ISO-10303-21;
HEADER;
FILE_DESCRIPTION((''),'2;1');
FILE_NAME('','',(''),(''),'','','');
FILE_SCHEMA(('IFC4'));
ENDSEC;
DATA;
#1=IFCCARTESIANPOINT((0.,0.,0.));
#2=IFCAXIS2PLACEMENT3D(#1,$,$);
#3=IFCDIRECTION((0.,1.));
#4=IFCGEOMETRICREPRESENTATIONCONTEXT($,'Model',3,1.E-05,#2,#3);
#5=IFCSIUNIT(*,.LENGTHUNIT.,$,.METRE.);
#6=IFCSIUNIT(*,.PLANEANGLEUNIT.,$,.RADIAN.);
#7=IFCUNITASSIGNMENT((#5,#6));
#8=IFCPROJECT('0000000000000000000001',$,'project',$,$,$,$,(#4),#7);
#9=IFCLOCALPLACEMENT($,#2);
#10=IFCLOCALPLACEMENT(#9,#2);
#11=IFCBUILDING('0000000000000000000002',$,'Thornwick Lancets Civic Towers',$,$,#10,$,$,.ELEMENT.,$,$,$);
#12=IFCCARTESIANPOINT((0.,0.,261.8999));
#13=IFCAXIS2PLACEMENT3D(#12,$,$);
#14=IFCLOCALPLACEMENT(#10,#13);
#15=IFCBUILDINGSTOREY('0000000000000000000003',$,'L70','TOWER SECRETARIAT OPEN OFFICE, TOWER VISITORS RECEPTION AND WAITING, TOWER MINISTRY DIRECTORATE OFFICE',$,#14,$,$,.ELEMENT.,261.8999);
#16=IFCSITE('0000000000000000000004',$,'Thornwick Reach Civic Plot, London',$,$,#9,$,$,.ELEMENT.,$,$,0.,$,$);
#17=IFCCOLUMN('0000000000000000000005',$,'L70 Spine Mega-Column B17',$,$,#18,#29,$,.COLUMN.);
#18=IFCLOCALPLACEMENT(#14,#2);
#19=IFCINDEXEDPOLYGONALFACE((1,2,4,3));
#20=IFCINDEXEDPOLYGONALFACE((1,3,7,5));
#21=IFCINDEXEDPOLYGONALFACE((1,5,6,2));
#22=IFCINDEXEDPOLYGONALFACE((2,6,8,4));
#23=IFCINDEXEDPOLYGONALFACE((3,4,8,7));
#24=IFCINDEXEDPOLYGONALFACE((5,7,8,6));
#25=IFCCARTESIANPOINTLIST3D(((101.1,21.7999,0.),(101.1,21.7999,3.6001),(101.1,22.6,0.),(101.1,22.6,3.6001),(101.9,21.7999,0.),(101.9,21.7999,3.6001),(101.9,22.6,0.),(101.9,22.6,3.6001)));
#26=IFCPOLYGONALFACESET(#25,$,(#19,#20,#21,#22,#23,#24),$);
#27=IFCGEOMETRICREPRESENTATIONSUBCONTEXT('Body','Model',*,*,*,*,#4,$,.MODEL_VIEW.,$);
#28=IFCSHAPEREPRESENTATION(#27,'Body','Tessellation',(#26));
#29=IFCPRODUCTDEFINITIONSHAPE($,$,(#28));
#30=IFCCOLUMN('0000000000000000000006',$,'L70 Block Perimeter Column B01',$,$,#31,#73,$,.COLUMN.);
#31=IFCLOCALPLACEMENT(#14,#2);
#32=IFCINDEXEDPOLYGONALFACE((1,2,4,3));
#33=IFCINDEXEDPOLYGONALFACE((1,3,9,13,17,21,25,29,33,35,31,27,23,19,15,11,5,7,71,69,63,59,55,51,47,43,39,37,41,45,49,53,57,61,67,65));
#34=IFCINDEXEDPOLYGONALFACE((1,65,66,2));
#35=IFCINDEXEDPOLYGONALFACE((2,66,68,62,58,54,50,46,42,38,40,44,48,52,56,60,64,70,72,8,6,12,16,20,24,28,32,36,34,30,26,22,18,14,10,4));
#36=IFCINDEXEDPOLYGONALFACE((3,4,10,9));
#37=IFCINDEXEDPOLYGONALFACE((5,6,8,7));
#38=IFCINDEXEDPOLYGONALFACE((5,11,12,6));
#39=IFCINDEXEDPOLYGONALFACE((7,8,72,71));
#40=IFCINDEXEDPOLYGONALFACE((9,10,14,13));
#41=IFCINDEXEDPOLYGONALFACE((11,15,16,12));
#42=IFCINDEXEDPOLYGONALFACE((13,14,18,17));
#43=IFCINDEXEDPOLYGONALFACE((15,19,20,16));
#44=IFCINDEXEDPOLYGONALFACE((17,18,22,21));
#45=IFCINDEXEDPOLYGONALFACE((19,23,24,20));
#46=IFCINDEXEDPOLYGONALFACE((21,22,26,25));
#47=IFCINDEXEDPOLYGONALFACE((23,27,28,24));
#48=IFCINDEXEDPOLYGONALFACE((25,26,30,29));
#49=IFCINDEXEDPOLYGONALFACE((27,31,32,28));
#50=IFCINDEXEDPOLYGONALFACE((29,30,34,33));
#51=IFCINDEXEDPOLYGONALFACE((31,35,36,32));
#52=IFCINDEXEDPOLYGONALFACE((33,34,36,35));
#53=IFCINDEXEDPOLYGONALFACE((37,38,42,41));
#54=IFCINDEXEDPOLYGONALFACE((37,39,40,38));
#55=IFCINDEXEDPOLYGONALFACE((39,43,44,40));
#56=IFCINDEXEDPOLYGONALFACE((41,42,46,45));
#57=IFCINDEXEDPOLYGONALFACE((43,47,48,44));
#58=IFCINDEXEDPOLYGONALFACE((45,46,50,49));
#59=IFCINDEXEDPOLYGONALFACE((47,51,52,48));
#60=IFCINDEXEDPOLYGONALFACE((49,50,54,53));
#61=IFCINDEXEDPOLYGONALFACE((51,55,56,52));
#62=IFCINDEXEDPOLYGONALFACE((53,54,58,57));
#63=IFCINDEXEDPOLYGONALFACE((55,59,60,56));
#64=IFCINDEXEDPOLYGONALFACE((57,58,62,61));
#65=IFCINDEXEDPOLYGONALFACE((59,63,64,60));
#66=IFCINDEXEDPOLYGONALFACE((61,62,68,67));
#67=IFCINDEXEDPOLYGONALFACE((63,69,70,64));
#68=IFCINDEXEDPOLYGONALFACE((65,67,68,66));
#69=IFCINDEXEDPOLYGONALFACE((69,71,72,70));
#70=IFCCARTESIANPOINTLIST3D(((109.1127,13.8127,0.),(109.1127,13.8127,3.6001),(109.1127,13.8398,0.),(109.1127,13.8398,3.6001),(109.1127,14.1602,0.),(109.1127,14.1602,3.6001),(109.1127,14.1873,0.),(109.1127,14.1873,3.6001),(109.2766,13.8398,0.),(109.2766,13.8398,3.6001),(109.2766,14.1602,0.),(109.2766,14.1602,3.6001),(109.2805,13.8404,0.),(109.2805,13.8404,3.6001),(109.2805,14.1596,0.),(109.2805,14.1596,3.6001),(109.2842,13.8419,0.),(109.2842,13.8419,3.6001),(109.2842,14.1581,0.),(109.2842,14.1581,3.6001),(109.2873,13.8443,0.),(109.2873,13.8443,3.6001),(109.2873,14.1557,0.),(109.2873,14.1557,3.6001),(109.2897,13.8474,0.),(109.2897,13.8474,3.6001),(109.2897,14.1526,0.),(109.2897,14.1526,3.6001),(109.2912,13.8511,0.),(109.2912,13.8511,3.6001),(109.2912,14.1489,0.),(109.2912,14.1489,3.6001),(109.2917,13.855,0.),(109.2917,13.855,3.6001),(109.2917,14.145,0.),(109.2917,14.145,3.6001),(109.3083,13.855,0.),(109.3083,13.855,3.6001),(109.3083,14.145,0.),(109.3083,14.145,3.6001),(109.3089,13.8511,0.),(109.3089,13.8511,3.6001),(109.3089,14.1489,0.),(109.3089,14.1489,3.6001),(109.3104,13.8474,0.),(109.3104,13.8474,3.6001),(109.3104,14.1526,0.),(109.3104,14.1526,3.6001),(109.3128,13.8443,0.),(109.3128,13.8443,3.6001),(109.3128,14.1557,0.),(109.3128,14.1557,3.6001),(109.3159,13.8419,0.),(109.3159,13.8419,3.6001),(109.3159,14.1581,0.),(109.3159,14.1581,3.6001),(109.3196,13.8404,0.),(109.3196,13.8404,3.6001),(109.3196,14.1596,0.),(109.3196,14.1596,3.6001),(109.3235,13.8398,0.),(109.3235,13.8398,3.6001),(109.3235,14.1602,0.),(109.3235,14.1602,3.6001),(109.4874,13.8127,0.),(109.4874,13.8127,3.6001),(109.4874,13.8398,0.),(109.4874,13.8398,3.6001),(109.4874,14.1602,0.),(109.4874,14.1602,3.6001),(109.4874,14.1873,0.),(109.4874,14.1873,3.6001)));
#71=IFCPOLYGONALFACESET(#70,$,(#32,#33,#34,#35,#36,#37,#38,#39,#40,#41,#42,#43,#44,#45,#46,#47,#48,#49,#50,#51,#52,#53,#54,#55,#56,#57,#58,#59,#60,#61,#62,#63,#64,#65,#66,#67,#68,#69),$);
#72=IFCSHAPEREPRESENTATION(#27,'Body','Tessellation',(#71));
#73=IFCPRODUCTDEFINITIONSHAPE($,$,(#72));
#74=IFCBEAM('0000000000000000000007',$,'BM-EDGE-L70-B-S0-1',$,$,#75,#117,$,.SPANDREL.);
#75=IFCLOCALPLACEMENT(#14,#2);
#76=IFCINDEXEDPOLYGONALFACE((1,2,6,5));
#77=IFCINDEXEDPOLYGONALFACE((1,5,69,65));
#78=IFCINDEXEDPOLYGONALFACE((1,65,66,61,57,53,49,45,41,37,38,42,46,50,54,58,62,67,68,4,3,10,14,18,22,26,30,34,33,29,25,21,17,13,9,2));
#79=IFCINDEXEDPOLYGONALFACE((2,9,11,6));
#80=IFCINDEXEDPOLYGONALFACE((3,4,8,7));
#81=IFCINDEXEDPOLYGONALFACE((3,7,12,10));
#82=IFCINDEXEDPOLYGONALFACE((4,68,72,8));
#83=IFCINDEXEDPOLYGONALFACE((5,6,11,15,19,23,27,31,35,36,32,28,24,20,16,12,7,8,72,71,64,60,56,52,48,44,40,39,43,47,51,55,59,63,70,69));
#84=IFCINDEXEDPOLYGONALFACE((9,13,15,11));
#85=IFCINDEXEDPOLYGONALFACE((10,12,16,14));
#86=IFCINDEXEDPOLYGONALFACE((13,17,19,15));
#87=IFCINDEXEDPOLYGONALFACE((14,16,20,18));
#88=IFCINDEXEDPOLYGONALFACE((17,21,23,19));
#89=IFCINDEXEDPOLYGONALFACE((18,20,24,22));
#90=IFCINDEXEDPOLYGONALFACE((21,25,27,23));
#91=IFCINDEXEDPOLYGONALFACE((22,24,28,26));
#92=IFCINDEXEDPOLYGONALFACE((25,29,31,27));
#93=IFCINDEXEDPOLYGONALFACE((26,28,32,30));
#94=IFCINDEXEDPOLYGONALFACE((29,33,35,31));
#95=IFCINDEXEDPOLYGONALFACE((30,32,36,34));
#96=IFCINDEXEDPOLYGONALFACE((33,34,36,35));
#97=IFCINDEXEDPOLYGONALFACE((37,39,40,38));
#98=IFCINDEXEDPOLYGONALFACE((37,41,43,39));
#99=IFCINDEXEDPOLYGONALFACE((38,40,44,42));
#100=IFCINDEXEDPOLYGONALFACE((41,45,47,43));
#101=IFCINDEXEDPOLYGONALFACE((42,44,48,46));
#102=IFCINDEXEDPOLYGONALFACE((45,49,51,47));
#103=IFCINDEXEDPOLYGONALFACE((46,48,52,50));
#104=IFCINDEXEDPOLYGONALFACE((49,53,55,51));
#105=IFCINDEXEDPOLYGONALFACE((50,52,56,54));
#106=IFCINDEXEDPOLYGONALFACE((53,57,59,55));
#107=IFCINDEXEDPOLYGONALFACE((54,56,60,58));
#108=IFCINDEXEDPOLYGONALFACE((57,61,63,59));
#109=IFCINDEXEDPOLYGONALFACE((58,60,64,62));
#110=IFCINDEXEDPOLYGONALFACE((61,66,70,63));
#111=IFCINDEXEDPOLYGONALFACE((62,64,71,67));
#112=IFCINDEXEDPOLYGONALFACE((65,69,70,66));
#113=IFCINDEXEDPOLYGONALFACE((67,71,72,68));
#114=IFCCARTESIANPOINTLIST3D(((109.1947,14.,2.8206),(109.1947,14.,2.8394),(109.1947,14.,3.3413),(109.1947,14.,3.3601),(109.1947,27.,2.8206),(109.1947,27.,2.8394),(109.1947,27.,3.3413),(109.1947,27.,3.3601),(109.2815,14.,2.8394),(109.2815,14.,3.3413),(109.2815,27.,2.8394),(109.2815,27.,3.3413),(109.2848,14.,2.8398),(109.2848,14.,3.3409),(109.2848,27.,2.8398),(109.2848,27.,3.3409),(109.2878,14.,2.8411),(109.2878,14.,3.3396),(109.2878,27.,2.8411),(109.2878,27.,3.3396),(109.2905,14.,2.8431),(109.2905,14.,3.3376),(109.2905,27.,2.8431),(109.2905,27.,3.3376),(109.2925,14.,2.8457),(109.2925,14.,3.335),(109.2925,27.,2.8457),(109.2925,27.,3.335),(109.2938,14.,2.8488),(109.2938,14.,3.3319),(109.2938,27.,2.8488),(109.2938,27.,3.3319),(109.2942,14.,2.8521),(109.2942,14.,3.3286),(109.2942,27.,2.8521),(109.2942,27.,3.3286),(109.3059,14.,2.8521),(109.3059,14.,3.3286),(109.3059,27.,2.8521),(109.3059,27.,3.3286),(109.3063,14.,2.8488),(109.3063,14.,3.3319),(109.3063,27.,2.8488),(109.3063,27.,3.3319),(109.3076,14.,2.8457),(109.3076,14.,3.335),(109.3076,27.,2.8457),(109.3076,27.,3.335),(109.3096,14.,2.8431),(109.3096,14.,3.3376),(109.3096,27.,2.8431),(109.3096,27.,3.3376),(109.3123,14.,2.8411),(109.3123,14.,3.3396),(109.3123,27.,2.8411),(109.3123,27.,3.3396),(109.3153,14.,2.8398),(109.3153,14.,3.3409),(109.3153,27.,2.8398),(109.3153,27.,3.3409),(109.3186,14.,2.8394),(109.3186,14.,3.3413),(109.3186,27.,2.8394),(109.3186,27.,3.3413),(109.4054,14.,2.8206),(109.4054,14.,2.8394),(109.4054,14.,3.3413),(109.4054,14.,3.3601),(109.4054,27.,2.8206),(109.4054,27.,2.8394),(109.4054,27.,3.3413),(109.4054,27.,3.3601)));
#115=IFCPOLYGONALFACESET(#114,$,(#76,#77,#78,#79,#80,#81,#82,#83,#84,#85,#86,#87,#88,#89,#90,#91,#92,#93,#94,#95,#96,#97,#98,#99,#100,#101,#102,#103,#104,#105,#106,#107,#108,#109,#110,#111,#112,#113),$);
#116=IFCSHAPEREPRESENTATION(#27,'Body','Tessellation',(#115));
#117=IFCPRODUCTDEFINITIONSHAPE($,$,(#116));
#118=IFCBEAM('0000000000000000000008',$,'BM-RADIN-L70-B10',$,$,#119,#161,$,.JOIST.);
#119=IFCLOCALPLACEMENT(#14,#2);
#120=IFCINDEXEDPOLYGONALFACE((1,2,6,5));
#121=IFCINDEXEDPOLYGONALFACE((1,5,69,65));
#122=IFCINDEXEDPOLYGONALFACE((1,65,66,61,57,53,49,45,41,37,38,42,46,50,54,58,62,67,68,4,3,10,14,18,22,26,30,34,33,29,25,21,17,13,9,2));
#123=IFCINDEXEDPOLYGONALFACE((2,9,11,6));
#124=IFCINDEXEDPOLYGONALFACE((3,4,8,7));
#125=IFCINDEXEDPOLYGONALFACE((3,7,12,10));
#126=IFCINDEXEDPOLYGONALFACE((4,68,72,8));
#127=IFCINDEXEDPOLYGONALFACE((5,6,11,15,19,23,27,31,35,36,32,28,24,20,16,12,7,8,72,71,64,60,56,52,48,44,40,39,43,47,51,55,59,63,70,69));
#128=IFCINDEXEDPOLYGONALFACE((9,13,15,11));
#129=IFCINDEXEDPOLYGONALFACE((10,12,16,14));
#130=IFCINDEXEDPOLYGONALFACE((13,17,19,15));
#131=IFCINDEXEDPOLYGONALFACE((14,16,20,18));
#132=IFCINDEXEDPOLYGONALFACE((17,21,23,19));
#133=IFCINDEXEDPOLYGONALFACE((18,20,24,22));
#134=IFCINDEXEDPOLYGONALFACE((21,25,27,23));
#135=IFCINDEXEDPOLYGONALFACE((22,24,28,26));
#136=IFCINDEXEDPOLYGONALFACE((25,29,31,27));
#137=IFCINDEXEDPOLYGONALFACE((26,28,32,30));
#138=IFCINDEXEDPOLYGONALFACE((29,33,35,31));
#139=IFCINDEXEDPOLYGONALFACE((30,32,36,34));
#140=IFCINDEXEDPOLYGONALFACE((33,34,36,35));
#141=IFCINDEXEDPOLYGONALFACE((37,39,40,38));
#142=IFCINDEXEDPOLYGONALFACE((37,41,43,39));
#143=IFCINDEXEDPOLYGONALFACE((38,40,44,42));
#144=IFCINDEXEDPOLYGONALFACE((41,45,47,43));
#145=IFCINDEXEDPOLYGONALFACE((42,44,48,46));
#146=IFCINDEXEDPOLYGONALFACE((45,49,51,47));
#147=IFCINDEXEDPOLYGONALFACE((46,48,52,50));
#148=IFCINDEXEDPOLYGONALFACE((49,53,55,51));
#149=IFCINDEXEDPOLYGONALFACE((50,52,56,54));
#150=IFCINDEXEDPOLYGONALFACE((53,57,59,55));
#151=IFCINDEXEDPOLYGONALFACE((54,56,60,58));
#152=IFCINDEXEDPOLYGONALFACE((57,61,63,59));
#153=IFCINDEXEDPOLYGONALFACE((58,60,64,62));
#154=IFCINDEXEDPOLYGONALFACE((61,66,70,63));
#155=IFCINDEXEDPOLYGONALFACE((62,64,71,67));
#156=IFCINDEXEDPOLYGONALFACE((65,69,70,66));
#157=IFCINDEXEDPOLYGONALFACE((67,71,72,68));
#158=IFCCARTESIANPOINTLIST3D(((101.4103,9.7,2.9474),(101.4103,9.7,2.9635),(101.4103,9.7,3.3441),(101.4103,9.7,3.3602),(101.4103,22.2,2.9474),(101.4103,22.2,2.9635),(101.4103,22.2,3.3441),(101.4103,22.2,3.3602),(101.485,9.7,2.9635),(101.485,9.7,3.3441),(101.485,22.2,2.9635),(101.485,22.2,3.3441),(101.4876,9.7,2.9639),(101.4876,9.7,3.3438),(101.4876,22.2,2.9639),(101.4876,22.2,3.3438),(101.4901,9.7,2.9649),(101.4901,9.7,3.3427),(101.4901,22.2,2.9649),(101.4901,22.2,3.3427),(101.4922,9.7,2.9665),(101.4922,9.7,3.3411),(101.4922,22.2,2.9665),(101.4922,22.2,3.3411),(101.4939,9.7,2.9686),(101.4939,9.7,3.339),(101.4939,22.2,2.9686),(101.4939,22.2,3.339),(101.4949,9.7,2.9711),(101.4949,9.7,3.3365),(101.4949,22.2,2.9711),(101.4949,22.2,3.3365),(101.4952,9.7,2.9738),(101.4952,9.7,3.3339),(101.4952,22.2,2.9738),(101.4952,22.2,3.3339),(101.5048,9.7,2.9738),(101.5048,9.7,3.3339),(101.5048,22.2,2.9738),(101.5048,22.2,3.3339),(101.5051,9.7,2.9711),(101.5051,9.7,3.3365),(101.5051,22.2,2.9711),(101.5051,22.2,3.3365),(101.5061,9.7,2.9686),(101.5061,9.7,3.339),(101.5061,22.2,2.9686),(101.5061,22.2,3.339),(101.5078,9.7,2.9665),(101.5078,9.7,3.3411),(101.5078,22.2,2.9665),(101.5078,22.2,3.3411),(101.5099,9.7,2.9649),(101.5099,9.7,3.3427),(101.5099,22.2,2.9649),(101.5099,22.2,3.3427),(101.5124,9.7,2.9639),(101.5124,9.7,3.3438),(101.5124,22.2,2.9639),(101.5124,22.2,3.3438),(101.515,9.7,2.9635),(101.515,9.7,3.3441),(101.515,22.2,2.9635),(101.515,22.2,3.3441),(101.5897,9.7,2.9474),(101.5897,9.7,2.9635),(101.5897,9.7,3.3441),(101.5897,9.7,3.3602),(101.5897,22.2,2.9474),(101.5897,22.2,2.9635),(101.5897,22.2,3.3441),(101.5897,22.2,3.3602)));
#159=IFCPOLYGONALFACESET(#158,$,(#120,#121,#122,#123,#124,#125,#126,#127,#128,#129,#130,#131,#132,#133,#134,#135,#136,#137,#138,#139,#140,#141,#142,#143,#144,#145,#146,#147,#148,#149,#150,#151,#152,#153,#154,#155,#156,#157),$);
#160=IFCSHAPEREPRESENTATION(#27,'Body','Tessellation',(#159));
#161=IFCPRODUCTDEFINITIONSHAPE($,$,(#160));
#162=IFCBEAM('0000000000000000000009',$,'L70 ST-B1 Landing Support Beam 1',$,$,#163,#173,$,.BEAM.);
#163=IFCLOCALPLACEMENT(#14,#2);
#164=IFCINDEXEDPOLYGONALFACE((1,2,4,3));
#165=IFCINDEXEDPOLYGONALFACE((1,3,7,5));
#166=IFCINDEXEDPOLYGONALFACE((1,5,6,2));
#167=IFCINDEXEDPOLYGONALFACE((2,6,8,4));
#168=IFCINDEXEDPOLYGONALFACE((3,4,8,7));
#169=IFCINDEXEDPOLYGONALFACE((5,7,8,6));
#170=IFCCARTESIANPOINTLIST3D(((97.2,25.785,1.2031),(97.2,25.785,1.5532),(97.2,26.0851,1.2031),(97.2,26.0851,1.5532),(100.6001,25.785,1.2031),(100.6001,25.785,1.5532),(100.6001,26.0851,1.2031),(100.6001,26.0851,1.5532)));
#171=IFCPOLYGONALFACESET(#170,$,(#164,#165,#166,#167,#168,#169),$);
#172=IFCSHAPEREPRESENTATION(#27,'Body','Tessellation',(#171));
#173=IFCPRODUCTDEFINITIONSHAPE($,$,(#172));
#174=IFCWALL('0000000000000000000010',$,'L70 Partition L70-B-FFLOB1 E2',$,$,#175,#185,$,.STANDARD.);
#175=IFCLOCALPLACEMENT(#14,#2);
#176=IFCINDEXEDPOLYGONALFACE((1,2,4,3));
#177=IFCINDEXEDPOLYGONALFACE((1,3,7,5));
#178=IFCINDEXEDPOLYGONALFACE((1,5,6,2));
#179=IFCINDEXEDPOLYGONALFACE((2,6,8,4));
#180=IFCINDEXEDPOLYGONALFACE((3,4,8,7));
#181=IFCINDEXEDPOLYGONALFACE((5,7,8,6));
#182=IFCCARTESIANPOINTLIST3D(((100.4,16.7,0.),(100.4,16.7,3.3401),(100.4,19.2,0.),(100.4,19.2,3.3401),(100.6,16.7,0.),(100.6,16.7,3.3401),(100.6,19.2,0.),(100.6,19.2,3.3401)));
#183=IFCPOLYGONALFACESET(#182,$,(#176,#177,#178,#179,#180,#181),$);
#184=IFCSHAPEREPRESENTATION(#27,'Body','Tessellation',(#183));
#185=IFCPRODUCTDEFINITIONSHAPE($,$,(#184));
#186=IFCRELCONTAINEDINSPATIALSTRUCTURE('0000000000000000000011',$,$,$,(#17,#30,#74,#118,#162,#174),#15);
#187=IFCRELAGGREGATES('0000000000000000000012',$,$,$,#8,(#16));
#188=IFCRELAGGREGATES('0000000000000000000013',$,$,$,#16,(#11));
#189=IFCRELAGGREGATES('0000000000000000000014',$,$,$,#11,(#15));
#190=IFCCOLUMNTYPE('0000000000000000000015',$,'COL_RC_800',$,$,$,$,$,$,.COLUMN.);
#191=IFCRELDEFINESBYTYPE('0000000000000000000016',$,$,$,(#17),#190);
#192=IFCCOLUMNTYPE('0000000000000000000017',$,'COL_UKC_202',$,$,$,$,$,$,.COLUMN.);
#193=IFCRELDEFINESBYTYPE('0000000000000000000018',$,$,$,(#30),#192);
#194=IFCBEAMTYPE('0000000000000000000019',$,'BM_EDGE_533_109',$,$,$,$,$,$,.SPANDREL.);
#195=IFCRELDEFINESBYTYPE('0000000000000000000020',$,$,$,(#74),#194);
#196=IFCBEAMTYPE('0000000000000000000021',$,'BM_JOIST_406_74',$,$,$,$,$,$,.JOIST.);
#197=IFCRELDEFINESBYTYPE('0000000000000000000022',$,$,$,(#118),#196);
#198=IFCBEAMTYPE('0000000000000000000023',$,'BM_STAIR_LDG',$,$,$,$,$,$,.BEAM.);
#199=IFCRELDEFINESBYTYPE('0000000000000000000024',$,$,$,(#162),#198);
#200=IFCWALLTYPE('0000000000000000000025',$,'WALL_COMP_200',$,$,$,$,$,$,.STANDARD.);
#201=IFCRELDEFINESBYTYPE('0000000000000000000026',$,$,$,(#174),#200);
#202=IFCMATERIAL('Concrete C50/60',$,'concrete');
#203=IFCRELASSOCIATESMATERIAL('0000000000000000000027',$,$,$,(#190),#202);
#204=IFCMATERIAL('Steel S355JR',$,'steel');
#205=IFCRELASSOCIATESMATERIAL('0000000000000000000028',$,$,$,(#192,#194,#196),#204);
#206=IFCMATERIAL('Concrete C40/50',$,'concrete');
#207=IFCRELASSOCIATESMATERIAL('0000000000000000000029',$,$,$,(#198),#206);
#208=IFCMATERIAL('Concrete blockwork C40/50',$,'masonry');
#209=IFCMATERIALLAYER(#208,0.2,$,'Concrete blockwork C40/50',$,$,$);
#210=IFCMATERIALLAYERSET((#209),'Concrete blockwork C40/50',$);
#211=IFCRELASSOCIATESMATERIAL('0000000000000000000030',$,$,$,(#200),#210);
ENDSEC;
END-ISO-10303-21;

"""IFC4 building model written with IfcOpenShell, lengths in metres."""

from ifc_helpers import new_model, si_unit, direction, frame, frame_2d, origin, origin_2d, place, context, subcontext, project, spatial, rectangle, i_section, extrude, material, layer, layer_set, material_profile, profile_set, type_object, element, save


model = new_model("IFC4")

# Units and contexts
model_context = context("Model", 3, precision=1e-05, world=origin(), true_north=direction((0.0, 1.0)))
body_context = subcontext(model_context, "Body", "Model", "MODEL_VIEW")
ifc_project = project(units=[si_unit("LENGTHUNIT", "METRE"), si_unit("PLANEANGLEUNIT", "RADIAN")], contexts=[model_context])

# Site, building, storey
site_placement = place(None, origin())
site = spatial("IfcSite", under=ifc_project, at=site_placement, Name="Thornwick Reach Civic Plot, London", CompositionType="ELEMENT", RefElevation=0.0)
building_placement = place(site_placement, origin())
building = spatial("IfcBuilding", under=site, at=building_placement, Name="Thornwick Lancets Civic Towers", CompositionType="ELEMENT")
storey_placement = place(building_placement, frame((0.0, 0.0, 261.8999)))
storey = spatial("IfcBuildingStorey", under=building, at=storey_placement, Name="L70", Description="TOWER SECRETARIAT OPEN OFFICE, TOWER VISITORS RECEPTION AND WAITING, TOWER MINISTRY DIRECTORATE OFFICE", CompositionType="ELEMENT", Elevation=261.8999)

# Columns
ifc_material_1 = material(Name="Concrete C50/60", Category="concrete")
ifc_material_profile_1 = material_profile(ifc_material_1, rectangle(XDim=0.8, YDim=0.8, at=origin_2d()), Name="RC 800x800")
ifc_profile_set_1 = profile_set([ifc_material_profile_1], Name="Concrete C50/60")
column_type_1 = type_object("IfcColumnType", Name="COL_RC_800", PredefinedType="COLUMN", material=ifc_profile_set_1)
column_1_placement = place(storey_placement, frame((101.5, 22.2, 0.0), z_axis=(0.0, 0.0, 1.0), x_axis=(1.0, 0.0, 0.0)))
element("IfcColumn", 1, at=column_1_placement, inside=storey, type_object=column_type_1, Name="L70 Spine Mega-Column B17", PredefinedType="COLUMN", context=body_context, shape_type="SweptSolid", body=[
    extrude(rectangle(XDim=0.8, YDim=0.8, at=origin_2d()), origin(), (0.0, 0.0, 1.0), 3.6001),
])
ifc_material_2 = material(Name="Steel S355JR", Category="steel")
ifc_material_profile_2 = material_profile(ifc_material_2, i_section(OverallWidth=0.3748, OverallDepth=0.3745, WebThickness=0.0166, FlangeThickness=0.0271, FilletRadius=0.0151, at=origin_2d()), Name="UKC 356x368x202")
ifc_profile_set_2 = profile_set([ifc_material_profile_2], Name="Steel S355JR")
column_type_2 = type_object("IfcColumnType", Name="COL_UKC_202", PredefinedType="COLUMN", material=ifc_profile_set_2)
column_2_placement = place(storey_placement, frame((109.3, 14.0, 0.0), z_axis=(0.0, 0.0, 1.0), x_axis=(1.0, 0.0, 0.0)))
element("IfcColumn", 2, at=column_2_placement, inside=storey, type_object=column_type_2, Name="L70 Block Perimeter Column B01", PredefinedType="COLUMN", context=body_context, shape_type="SweptSolid", body=[
    extrude(i_section(OverallWidth=0.3748, OverallDepth=0.3745, WebThickness=0.0166, FlangeThickness=0.0271, FilletRadius=0.0151, at=origin_2d()), origin(), (0.0, 0.0, 1.0), 3.6001),
])

# Beams
ifc_material_profile_3 = material_profile(ifc_material_2, i_section(OverallWidth=0.2107, OverallDepth=0.5396, WebThickness=0.0117, FlangeThickness=0.0188, FilletRadius=0.0127, at=origin_2d()), Name="UKB 533x210x109")
ifc_profile_set_3 = profile_set([ifc_material_profile_3], Name="Steel S355JR")
beam_type_1 = type_object("IfcBeamType", Name="BM_EDGE_533_109", PredefinedType="SPANDREL", material=ifc_profile_set_3)
beam_1_placement = place(storey_placement, frame((109.3, 14.0, 3.0903), z_axis=(0.0, 1.0, 0.0), x_axis=(-1.0, 0.0, 0.0)))
element("IfcBeam", 3, at=beam_1_placement, inside=storey, type_object=beam_type_1, Name="BM-EDGE-L70-B-S0-1", PredefinedType="SPANDREL", context=body_context, shape_type="SweptSolid", body=[
    extrude(i_section(OverallWidth=0.2107, OverallDepth=0.5396, WebThickness=0.0117, FlangeThickness=0.0188, FilletRadius=0.0127, at=origin_2d()), origin(), (0.0, 0.0, 1.0), 13.0),
])
ifc_material_profile_4 = material_profile(ifc_material_2, i_section(OverallWidth=0.1794, OverallDepth=0.4128, WebThickness=0.0095, FlangeThickness=0.0161, FilletRadius=0.0103, at=origin_2d()), Name="UKB 406x178x74")
ifc_profile_set_4 = profile_set([ifc_material_profile_4], Name="Steel S355JR")
beam_type_2 = type_object("IfcBeamType", Name="BM_JOIST_406_74", PredefinedType="JOIST", material=ifc_profile_set_4)
beam_2_placement = place(storey_placement, frame((101.5, 22.2, 3.1538), z_axis=(0.0, -1.0, 0.0), x_axis=(1.0, 0.0, 0.0)))
element("IfcBeam", 4, at=beam_2_placement, inside=storey, type_object=beam_type_2, Name="BM-RADIN-L70-B10", PredefinedType="JOIST", context=body_context, shape_type="SweptSolid", body=[
    extrude(i_section(OverallWidth=0.1794, OverallDepth=0.4128, WebThickness=0.0095, FlangeThickness=0.0161, FilletRadius=0.0103, at=origin_2d()), origin(), (0.0, 0.0, 1.0), 12.5),
])
ifc_material_3 = material(Name="Concrete C40/50", Category="concrete")
ifc_material_profile_5 = material_profile(ifc_material_3, rectangle(XDim=0.3, YDim=0.3501, at=origin_2d()), Name="RC 300x350")
ifc_profile_set_5 = profile_set([ifc_material_profile_5], Name="Concrete C40/50")
beam_type_3 = type_object("IfcBeamType", Name="BM_STAIR_LDG", PredefinedType="BEAM", material=ifc_profile_set_5)
beam_3_placement = place(storey_placement, frame((100.6001, 25.9351, 1.3782), z_axis=(-1.0, 0.0, 0.0), x_axis=(0.0, -1.0, 0.0)))
element("IfcBeam", 5, at=beam_3_placement, inside=storey, type_object=beam_type_3, Name="L70 ST-B1 Landing Support Beam 1", PredefinedType="BEAM", context=body_context, shape_type="SweptSolid", body=[
    extrude(rectangle(XDim=0.3, YDim=0.3501, at=origin_2d()), origin(), (0.0, 0.0, 1.0), 3.4001),
])

# Wall
ifc_material_4 = material(Name="Concrete blockwork C40/50", Category="masonry")
ifc_layer_1 = layer(ifc_material_4, 0.2, Name="Concrete blockwork C40/50")
ifc_layer_set_1 = layer_set([ifc_layer_1], Name="Concrete blockwork C40/50")
wall_type_1 = type_object("IfcWallType", Name="WALL_COMP_200", PredefinedType="STANDARD", material=ifc_layer_set_1)
wall_1_placement = place(storey_placement, frame((100.5, 16.7, 0.0), z_axis=(0.0, 0.0, 1.0), x_axis=(0.0, 1.0, 0.0)))
element("IfcWall", 6, at=wall_1_placement, inside=storey, type_object=wall_type_1, Name="L70 Partition L70-B-FFLOB1 E2", PredefinedType="STANDARD", context=body_context, shape_type="SweptSolid", body=[
    extrude(rectangle(XDim=2.5, YDim=0.2, at=frame_2d((1.25, 0.0))), origin(), (0.0, 0.0, 1.0), 3.3401),
])

save(model, "model.ifc")
